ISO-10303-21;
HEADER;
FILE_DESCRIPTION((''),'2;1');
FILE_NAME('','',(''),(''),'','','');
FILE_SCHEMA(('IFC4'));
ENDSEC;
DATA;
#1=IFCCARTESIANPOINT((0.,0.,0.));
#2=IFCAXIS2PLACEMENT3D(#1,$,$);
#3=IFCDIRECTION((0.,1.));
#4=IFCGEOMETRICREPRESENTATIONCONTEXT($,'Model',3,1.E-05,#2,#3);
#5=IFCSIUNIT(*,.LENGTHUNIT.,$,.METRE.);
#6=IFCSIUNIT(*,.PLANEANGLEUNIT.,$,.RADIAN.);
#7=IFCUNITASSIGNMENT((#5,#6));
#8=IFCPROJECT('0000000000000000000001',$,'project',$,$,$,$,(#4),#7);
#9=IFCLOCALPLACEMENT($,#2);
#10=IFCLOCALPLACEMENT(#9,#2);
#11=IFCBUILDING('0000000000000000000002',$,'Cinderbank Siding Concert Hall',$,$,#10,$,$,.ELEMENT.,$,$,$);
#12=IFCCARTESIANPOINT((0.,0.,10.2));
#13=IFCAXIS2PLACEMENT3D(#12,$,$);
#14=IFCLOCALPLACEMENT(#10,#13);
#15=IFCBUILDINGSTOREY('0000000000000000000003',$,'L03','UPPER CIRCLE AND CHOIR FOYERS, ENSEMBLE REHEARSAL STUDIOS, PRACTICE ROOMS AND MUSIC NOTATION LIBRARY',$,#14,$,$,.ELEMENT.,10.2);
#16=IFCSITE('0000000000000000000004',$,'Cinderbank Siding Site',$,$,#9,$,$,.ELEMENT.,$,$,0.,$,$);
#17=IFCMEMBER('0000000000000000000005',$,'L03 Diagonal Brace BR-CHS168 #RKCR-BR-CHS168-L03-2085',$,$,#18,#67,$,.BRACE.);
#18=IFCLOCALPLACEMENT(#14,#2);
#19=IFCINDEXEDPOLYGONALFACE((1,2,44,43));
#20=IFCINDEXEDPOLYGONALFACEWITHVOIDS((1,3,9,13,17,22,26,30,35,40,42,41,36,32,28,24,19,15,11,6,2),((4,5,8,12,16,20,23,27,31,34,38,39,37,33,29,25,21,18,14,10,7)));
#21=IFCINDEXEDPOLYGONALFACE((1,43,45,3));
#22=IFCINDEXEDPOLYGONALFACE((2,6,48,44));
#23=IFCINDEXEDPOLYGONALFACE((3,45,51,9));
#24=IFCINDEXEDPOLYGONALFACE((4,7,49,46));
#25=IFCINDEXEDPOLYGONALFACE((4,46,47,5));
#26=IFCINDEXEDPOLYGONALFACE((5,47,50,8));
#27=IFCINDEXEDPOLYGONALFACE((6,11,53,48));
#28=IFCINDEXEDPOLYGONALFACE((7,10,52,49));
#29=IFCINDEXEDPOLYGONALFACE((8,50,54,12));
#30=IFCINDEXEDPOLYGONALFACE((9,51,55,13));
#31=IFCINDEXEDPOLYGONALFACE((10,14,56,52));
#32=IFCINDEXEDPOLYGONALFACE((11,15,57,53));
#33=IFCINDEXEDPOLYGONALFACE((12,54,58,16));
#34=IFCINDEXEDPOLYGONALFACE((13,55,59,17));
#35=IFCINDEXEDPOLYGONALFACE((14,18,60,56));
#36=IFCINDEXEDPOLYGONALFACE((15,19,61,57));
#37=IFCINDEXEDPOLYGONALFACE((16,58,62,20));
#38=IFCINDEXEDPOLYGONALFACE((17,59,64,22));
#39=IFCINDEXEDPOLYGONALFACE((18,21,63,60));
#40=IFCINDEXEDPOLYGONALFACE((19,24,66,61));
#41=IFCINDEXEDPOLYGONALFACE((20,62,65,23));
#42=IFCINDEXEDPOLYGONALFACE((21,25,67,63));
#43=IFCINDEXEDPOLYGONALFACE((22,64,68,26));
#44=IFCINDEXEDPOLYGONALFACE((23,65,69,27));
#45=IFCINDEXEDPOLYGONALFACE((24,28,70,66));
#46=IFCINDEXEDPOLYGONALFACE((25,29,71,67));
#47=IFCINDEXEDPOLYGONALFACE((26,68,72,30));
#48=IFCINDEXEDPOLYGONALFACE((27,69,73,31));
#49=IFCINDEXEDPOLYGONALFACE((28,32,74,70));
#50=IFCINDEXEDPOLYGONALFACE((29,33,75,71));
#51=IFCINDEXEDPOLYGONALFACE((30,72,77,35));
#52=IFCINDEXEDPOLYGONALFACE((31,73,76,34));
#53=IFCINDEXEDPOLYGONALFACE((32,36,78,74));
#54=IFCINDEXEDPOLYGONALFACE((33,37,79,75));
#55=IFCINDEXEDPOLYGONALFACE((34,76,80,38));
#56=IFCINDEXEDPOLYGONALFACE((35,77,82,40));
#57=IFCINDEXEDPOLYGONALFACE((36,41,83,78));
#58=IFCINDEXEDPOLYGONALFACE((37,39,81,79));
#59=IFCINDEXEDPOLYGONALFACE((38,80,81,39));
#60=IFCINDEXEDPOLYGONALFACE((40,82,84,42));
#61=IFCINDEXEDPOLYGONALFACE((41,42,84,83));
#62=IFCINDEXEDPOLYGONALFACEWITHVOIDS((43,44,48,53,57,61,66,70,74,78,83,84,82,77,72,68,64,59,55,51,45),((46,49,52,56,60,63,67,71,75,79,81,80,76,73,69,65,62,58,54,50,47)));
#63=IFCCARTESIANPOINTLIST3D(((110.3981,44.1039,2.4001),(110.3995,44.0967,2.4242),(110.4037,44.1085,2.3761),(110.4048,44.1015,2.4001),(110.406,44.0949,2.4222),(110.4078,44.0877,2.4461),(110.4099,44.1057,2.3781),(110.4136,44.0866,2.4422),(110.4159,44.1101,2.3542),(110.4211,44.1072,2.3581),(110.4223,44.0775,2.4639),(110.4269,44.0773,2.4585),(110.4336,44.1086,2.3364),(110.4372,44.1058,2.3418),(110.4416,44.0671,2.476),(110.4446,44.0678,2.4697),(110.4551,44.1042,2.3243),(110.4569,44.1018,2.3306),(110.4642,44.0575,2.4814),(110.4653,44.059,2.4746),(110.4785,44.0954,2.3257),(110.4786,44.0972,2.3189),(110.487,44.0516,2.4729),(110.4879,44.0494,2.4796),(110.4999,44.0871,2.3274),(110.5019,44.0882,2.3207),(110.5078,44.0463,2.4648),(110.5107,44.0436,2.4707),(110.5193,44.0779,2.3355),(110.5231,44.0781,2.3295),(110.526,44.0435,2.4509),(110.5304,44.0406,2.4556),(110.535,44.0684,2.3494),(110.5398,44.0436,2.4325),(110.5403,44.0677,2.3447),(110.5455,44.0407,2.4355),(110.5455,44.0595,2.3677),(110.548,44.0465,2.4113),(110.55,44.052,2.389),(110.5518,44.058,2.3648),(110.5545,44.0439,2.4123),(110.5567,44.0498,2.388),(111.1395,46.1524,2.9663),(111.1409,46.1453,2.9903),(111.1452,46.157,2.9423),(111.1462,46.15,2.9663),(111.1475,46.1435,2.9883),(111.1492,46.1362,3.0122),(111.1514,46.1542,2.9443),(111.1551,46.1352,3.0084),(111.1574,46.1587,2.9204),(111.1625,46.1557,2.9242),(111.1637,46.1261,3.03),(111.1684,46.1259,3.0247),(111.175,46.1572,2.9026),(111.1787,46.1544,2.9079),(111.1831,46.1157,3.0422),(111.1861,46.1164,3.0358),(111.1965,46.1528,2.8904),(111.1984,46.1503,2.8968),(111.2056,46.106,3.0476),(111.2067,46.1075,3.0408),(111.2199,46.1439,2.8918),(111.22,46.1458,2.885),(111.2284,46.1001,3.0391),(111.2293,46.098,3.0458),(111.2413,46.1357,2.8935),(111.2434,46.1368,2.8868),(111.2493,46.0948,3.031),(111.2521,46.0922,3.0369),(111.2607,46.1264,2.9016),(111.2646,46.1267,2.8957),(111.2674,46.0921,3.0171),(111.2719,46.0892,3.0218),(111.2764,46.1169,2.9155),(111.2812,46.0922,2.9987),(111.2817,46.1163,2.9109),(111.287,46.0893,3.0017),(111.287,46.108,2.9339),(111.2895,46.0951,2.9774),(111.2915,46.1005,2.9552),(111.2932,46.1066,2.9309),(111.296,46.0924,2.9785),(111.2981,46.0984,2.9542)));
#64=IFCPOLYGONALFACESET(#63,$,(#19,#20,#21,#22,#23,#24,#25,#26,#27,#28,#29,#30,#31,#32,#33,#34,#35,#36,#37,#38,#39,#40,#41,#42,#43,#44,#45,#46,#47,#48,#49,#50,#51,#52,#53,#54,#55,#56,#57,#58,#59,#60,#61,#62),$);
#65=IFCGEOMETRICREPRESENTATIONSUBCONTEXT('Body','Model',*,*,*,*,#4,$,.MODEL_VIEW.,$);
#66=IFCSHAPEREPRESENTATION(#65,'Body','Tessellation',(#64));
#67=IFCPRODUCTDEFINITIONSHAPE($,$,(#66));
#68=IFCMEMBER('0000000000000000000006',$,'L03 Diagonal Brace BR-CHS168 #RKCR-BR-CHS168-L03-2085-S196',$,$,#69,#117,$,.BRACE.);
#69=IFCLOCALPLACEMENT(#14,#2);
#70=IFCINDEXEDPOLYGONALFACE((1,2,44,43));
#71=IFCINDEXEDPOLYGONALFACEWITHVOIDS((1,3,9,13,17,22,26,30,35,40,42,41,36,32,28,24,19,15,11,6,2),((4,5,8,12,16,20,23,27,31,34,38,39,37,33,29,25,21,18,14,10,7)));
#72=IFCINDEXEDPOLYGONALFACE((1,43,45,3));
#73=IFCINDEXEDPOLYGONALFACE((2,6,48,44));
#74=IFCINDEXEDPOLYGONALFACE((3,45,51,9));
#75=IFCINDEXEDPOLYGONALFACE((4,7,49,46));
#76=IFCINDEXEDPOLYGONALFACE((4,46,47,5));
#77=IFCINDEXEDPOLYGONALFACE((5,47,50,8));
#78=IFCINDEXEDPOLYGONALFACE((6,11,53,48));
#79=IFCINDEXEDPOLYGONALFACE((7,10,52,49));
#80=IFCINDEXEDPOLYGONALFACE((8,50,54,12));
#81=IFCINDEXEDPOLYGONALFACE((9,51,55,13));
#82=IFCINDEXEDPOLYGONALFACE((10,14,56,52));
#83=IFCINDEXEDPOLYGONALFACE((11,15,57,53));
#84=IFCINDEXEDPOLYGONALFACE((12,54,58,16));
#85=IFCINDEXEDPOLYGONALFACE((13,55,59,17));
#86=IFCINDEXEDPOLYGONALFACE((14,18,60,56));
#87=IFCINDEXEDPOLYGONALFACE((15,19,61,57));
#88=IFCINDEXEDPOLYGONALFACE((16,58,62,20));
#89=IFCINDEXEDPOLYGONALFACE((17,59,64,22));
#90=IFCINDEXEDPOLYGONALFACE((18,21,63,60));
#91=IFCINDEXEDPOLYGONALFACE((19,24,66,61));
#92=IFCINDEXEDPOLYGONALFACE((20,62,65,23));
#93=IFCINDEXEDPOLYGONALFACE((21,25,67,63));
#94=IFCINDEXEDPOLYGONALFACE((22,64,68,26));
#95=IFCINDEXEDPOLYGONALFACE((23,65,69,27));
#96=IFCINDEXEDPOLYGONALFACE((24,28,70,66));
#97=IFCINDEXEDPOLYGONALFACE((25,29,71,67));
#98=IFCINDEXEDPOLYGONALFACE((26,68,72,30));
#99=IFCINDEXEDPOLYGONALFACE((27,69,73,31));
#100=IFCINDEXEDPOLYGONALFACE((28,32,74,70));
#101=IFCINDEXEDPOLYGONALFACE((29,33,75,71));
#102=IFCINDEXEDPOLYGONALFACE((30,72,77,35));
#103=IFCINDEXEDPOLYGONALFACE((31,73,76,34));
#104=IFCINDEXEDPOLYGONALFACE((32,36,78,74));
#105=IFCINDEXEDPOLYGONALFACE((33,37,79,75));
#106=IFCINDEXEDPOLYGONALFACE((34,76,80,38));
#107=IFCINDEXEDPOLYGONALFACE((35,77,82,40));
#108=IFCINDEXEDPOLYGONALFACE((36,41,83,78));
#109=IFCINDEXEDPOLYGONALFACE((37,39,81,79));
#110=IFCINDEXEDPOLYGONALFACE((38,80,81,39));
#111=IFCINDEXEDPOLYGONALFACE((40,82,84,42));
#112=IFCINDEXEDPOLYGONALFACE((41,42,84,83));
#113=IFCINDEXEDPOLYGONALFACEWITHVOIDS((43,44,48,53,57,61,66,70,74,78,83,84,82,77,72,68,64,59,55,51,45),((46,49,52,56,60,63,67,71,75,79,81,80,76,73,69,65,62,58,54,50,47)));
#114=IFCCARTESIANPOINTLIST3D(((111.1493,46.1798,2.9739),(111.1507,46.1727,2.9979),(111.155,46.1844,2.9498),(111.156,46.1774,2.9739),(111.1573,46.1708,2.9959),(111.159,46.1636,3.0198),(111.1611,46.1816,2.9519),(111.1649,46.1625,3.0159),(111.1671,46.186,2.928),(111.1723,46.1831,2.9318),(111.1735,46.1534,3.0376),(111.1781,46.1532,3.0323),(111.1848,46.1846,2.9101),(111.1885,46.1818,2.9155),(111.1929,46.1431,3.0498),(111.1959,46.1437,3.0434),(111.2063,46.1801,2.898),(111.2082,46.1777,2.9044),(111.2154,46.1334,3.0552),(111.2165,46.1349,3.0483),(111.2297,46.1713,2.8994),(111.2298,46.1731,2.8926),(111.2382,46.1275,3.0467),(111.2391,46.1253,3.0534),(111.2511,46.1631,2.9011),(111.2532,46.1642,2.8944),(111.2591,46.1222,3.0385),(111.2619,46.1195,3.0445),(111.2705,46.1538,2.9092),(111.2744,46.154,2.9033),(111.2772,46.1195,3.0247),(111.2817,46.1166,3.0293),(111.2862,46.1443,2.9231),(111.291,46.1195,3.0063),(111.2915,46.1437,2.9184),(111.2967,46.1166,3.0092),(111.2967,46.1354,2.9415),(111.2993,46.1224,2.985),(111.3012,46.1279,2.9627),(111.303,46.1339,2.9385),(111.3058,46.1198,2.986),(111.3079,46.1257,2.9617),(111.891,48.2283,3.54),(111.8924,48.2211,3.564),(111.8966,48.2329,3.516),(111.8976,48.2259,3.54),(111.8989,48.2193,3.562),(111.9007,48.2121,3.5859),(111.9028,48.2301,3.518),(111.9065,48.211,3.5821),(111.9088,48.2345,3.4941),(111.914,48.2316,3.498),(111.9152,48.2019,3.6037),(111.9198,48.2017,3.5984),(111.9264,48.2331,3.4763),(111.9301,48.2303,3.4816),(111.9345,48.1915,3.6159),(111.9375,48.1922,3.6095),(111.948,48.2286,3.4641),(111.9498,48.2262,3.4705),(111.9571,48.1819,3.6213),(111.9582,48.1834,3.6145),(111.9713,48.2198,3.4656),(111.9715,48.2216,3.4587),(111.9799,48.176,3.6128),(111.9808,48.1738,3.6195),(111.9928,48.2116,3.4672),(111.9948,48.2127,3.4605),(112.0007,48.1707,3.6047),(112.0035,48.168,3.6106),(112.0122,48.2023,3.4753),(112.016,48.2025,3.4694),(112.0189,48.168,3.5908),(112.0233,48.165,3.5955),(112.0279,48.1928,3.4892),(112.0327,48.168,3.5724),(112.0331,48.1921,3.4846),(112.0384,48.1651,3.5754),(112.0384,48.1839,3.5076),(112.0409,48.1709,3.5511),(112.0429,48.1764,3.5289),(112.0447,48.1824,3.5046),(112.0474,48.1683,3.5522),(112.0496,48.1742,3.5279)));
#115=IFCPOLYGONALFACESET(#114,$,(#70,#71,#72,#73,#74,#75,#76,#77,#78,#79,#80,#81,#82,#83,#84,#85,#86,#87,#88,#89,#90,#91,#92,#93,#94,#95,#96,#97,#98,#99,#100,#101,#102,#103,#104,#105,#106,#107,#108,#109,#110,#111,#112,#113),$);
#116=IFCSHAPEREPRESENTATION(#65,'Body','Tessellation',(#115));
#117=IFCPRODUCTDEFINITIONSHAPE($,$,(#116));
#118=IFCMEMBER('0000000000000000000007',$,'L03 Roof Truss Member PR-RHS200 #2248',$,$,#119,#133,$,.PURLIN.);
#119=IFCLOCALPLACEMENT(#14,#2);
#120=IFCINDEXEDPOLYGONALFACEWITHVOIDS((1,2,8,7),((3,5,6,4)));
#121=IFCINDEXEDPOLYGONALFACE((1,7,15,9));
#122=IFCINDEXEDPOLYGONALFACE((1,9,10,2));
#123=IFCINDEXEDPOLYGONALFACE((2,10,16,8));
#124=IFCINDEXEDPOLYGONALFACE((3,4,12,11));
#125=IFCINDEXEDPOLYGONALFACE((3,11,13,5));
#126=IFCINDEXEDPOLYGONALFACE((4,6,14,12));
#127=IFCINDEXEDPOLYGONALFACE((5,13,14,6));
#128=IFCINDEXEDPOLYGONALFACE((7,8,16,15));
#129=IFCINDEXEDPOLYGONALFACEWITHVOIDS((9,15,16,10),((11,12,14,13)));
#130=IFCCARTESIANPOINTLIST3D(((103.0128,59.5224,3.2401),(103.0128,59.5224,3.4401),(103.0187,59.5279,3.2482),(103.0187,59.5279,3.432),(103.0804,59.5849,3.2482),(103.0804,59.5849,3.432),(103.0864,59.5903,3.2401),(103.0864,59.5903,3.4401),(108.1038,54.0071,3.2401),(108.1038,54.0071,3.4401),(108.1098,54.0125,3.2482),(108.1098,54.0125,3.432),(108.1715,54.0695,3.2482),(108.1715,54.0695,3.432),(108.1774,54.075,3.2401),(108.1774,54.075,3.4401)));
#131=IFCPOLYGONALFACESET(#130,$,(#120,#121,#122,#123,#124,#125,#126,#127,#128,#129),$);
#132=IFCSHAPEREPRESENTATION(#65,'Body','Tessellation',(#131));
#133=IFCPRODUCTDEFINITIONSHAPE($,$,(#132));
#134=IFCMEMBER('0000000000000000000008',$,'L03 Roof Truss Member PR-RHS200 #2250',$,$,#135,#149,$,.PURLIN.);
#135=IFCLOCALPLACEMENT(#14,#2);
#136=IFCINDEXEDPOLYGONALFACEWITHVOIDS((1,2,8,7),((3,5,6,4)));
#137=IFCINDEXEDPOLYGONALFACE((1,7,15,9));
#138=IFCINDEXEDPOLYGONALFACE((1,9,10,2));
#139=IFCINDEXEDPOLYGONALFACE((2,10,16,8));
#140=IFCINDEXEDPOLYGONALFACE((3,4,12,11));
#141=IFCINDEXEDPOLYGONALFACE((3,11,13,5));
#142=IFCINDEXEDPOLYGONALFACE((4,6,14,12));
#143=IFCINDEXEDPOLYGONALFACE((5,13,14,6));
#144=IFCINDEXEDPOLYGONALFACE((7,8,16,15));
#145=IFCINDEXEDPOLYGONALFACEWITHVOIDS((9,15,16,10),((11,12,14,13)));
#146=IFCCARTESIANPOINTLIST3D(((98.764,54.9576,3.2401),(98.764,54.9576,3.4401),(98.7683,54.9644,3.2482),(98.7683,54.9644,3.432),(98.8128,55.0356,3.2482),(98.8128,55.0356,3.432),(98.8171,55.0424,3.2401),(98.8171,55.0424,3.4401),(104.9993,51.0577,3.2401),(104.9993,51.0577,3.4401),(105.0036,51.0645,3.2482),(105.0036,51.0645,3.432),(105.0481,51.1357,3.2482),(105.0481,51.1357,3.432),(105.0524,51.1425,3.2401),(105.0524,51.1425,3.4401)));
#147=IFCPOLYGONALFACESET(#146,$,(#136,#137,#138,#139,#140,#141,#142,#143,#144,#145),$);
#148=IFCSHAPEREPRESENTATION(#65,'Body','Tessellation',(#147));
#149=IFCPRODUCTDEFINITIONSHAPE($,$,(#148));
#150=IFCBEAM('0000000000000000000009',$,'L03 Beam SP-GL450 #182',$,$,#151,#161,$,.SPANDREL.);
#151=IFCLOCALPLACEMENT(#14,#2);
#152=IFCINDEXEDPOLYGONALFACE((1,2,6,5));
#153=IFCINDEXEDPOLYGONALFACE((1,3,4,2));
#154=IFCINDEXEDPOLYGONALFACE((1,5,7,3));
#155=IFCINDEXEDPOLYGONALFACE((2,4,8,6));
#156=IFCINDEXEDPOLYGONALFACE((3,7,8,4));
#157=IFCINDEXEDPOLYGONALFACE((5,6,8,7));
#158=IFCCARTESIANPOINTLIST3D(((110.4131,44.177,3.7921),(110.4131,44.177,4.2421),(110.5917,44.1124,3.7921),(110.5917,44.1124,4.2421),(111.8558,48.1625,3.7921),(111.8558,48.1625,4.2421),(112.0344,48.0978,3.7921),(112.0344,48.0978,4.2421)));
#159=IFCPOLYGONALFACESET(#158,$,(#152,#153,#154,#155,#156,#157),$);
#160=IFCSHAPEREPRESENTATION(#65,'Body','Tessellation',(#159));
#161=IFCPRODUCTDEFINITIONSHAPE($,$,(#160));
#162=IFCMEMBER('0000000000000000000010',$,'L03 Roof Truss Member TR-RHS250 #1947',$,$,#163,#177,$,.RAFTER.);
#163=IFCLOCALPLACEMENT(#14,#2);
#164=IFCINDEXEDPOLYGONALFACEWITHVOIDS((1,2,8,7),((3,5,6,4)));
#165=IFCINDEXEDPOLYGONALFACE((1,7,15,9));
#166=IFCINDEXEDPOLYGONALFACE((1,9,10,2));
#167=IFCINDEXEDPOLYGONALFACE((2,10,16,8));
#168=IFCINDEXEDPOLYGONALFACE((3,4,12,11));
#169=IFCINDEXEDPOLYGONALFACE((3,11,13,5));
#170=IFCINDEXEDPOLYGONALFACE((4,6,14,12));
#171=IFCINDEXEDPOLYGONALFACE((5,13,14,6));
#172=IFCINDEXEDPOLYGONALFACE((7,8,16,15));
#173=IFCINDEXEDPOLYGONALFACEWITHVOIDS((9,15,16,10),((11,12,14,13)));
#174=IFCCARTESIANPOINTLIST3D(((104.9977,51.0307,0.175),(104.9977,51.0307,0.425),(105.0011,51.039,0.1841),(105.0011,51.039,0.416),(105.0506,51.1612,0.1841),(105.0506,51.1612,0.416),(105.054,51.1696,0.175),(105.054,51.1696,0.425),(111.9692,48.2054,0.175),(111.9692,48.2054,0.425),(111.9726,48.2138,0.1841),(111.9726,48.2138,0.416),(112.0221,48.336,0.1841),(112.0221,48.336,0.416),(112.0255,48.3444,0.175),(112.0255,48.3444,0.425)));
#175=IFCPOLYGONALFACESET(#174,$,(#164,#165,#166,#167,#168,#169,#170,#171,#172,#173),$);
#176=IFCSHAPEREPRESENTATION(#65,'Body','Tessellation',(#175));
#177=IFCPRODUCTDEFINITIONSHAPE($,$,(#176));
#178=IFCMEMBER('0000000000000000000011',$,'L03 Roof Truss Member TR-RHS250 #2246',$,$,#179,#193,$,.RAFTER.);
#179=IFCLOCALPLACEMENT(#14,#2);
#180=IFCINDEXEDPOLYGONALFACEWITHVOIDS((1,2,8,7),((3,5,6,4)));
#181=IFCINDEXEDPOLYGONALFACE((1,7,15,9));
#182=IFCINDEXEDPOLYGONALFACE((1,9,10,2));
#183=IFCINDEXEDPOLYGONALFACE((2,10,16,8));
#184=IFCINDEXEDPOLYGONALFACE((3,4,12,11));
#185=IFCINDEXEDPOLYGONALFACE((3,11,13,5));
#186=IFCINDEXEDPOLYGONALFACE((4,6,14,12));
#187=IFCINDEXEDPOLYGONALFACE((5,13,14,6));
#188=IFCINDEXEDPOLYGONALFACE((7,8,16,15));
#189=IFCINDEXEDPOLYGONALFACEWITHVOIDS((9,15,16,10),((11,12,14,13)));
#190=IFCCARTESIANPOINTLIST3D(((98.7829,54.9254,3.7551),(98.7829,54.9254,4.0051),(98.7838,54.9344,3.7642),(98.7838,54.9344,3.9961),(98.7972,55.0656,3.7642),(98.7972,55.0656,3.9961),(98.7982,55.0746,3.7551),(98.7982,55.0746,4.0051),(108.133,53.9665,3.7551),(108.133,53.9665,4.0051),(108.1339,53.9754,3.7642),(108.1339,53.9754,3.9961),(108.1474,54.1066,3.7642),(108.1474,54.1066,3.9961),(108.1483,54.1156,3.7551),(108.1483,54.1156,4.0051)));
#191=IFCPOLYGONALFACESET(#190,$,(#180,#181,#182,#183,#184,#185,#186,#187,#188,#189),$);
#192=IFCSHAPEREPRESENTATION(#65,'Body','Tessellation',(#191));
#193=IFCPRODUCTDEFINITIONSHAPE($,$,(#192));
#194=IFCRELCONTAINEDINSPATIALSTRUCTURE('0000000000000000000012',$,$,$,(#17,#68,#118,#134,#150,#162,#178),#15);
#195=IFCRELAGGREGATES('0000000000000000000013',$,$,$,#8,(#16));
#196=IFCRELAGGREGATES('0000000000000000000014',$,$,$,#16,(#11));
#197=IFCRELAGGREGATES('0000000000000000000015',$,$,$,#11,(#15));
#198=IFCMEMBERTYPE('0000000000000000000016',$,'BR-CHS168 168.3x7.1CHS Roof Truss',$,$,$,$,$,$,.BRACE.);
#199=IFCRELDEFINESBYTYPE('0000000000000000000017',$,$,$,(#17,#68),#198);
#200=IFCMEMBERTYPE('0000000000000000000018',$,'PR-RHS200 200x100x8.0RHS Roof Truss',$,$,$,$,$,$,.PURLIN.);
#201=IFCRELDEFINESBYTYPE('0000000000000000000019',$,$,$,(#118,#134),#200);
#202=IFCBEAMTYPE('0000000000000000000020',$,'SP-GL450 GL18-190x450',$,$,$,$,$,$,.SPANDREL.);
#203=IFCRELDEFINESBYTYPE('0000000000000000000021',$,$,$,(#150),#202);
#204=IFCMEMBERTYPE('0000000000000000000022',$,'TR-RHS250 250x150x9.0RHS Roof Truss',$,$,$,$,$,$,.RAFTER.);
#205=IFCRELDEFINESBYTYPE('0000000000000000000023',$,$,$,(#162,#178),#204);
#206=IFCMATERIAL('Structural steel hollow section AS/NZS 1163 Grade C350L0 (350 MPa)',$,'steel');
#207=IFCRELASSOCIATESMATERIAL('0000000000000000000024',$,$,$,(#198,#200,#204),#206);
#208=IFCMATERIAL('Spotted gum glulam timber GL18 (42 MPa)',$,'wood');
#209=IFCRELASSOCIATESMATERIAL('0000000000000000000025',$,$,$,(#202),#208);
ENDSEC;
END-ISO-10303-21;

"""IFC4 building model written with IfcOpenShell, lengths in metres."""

from ifc_helpers import new_model, si_unit, direction, frame, origin, origin_2d, place, context, subcontext, project, spatial, rectangle, hollow_rectangle, hollow_circle, extrude, material, material_profile, profile_set, type_object, element, save


model = new_model("IFC4")

# Units and contexts
model_context = context("Model", 3, precision=1e-05, world=origin(), true_north=direction((0.0, 1.0)))
body_context = subcontext(model_context, "Body", "Model", "MODEL_VIEW")
ifc_project = project(units=[si_unit("LENGTHUNIT", "METRE"), si_unit("PLANEANGLEUNIT", "RADIAN")], contexts=[model_context])

# Site, building, storey
site_placement = place(None, origin())
site = spatial("IfcSite", under=ifc_project, at=site_placement, Name="Cinderbank Siding Site", CompositionType="ELEMENT", RefElevation=0.0)
building_placement = place(site_placement, origin())
building = spatial("IfcBuilding", under=site, at=building_placement, Name="Cinderbank Siding Concert Hall", CompositionType="ELEMENT")
storey_placement = place(building_placement, frame((0.0, 0.0, 10.2)))
storey = spatial("IfcBuildingStorey", under=building, at=storey_placement, Name="L03", Description="UPPER CIRCLE AND CHOIR FOYERS, ENSEMBLE REHEARSAL STUDIOS, PRACTICE ROOMS AND MUSIC NOTATION LIBRARY", CompositionType="ELEMENT", Elevation=10.2)

# Shared definitions
ifc_material_1 = material(Name="Structural steel hollow section AS/NZS 1163 Grade C350L0 (350 MPa)", Category="steel")

# Members
ifc_material_profile_1 = material_profile(ifc_material_1, hollow_circle(Radius=0.0842, WallThickness=0.0071, at=origin_2d()), Name="168.3x7.1CHS", Category="LoadBearing")
ifc_profile_set_1 = profile_set([ifc_material_profile_1], Name="Structural steel hollow section AS/NZS 1163 Grade C350L0 (350 MPa)")
member_type_1 = type_object("IfcMemberType", Name="BR-CHS168 168.3x7.1CHS Roof Truss", PredefinedType="BRACE", material=ifc_profile_set_1)
for number, where, z_axis, x_axis, name in (
    (1, (110.4773, 44.0752, 2.4001), (0.32939, 0.910078, 0.251516), (-0.940306, 0.34033, 0.0), "L03 Diagonal Brace BR-CHS168 #RKCR-BR-CHS168-L03-2085"),
    (2, (111.2285, 46.1511, 2.9739), (0.329486, 0.910046, 0.251507), (-0.94027, 0.340429, 0.0), "L03 Diagonal Brace BR-CHS168 #RKCR-BR-CHS168-L03-2085-S196"),
):
    element("IfcMember", number, at=place(storey_placement, frame(where, z_axis=z_axis, x_axis=x_axis)), inside=storey, type_object=member_type_1, Name=name, PredefinedType="BRACE", context=body_context, shape_type="SweptSolid", body=[
        extrude(hollow_circle(Radius=0.0842, WallThickness=0.0071, at=origin_2d()), origin(), (0.0, 0.0, 1.0), 2.251),
    ])
ifc_material_profile_2 = material_profile(ifc_material_1, hollow_rectangle(XDim=0.1001, YDim=0.2, WallThickness=0.0081, at=origin_2d()), Name="200x100x8.0RHS", Category="LoadBearing")
ifc_profile_set_2 = profile_set([ifc_material_profile_2], Name="Structural steel hollow section AS/NZS 1163 Grade C350L0 (350 MPa)")
member_type_2 = type_object("IfcMemberType", Name="PR-RHS200 200x100x8.0RHS Roof Truss", PredefinedType="PURLIN", material=ifc_profile_set_2)
member_1_placement = place(storey_placement, frame((108.1406, 54.041, 3.3401), z_axis=(-0.678276, 0.734807, 0.0), x_axis=(-0.734807, -0.678276, 0.0)))
element("IfcMember", 3, at=member_1_placement, inside=storey, type_object=member_type_2, Name="L03 Roof Truss Member PR-RHS200 #2248", PredefinedType="PURLIN", context=body_context, shape_type="SweptSolid", body=[
    extrude(hollow_rectangle(XDim=0.1001, YDim=0.2, WallThickness=0.0081, at=origin_2d()), origin(), (0.0, 0.0, 1.0), 7.5059),
])
member_2_placement = place(storey_placement, frame((105.0259, 51.1001, 3.3401), z_axis=(-0.847827, 0.530273, 0.0), x_axis=(-0.530273, -0.847827, 0.0)))
element("IfcMember", 4, at=member_2_placement, inside=storey, type_object=member_type_2, Name="L03 Roof Truss Member PR-RHS200 #2250", PredefinedType="PURLIN", context=body_context, shape_type="SweptSolid", body=[
    extrude(hollow_rectangle(XDim=0.1001, YDim=0.2, WallThickness=0.0081, at=origin_2d()), origin(), (0.0, 0.0, 1.0), 7.3545),
])

# Beam
ifc_material_2 = material(Name="Spotted gum glulam timber GL18 (42 MPa)", Category="wood")
ifc_material_profile_3 = material_profile(ifc_material_2, rectangle(XDim=0.1899, YDim=0.45, at=origin_2d()), Name="GL18-190x450", Category="LoadBearing")
ifc_profile_set_3 = profile_set([ifc_material_profile_3], Name="Spotted gum glulam timber GL18 (42 MPa)")
beam_type_1 = type_object("IfcBeamType", Name="SP-GL450 GL18-190x450", PredefinedType="SPANDREL", material=ifc_profile_set_3)
beam_1_placement = place(storey_placement, frame((111.9451, 48.1301, 4.0171), z_axis=(-0.340369, -0.940292, 0.0), x_axis=(0.940292, -0.340369, 0.0)))
element("IfcBeam", 5, at=beam_1_placement, inside=storey, type_object=beam_type_1, Name="L03 Beam SP-GL450 #182", PredefinedType="SPANDREL", context=body_context, shape_type="SweptSolid", body=[
    extrude(rectangle(XDim=0.1899, YDim=0.45, at=origin_2d()), origin(), (0.0, 0.0, 1.0), 4.2385),
])

# Members
ifc_material_profile_4 = material_profile(ifc_material_1, hollow_rectangle(XDim=0.1499, YDim=0.25, WallThickness=0.009, at=origin_2d()), Name="250x150x9.0RHS", Category="LoadBearing")
ifc_profile_set_4 = profile_set([ifc_material_profile_4], Name="Structural steel hollow section AS/NZS 1163 Grade C350L0 (350 MPa)")
member_type_3 = type_object("IfcMemberType", Name="TR-RHS250 250x150x9.0RHS Roof Truss", PredefinedType="RAFTER", material=ifc_profile_set_4)
member_3_placement = place(storey_placement, frame((111.9973, 48.2749, 0.3), z_axis=(-0.926788, 0.375584, 0.0), x_axis=(-0.375584, -0.926788, 0.0)))
element("IfcMember", 6, at=member_3_placement, inside=storey, type_object=member_type_3, Name="L03 Roof Truss Member TR-RHS250 #1947", PredefinedType="RAFTER", context=body_context, shape_type="SweptSolid", body=[
    extrude(hollow_rectangle(XDim=0.1499, YDim=0.25, WallThickness=0.009, at=origin_2d()), origin(), (0.0, 0.0, 1.0), 7.5222),
])
member_4_placement = place(storey_placement, frame((108.1406, 54.041, 3.8801), z_axis=(-0.994781, 0.102029, 0.0), x_axis=(-0.102029, -0.994781, 0.0)))
element("IfcMember", 7, at=member_4_placement, inside=storey, type_object=member_type_3, Name="L03 Roof Truss Member TR-RHS250 #2246", PredefinedType="RAFTER", context=body_context, shape_type="SweptSolid", body=[
    extrude(hollow_rectangle(XDim=0.1499, YDim=0.25, WallThickness=0.009, at=origin_2d()), origin(), (0.0, 0.0, 1.0), 9.3992),
])

save(model, "model.ifc")
